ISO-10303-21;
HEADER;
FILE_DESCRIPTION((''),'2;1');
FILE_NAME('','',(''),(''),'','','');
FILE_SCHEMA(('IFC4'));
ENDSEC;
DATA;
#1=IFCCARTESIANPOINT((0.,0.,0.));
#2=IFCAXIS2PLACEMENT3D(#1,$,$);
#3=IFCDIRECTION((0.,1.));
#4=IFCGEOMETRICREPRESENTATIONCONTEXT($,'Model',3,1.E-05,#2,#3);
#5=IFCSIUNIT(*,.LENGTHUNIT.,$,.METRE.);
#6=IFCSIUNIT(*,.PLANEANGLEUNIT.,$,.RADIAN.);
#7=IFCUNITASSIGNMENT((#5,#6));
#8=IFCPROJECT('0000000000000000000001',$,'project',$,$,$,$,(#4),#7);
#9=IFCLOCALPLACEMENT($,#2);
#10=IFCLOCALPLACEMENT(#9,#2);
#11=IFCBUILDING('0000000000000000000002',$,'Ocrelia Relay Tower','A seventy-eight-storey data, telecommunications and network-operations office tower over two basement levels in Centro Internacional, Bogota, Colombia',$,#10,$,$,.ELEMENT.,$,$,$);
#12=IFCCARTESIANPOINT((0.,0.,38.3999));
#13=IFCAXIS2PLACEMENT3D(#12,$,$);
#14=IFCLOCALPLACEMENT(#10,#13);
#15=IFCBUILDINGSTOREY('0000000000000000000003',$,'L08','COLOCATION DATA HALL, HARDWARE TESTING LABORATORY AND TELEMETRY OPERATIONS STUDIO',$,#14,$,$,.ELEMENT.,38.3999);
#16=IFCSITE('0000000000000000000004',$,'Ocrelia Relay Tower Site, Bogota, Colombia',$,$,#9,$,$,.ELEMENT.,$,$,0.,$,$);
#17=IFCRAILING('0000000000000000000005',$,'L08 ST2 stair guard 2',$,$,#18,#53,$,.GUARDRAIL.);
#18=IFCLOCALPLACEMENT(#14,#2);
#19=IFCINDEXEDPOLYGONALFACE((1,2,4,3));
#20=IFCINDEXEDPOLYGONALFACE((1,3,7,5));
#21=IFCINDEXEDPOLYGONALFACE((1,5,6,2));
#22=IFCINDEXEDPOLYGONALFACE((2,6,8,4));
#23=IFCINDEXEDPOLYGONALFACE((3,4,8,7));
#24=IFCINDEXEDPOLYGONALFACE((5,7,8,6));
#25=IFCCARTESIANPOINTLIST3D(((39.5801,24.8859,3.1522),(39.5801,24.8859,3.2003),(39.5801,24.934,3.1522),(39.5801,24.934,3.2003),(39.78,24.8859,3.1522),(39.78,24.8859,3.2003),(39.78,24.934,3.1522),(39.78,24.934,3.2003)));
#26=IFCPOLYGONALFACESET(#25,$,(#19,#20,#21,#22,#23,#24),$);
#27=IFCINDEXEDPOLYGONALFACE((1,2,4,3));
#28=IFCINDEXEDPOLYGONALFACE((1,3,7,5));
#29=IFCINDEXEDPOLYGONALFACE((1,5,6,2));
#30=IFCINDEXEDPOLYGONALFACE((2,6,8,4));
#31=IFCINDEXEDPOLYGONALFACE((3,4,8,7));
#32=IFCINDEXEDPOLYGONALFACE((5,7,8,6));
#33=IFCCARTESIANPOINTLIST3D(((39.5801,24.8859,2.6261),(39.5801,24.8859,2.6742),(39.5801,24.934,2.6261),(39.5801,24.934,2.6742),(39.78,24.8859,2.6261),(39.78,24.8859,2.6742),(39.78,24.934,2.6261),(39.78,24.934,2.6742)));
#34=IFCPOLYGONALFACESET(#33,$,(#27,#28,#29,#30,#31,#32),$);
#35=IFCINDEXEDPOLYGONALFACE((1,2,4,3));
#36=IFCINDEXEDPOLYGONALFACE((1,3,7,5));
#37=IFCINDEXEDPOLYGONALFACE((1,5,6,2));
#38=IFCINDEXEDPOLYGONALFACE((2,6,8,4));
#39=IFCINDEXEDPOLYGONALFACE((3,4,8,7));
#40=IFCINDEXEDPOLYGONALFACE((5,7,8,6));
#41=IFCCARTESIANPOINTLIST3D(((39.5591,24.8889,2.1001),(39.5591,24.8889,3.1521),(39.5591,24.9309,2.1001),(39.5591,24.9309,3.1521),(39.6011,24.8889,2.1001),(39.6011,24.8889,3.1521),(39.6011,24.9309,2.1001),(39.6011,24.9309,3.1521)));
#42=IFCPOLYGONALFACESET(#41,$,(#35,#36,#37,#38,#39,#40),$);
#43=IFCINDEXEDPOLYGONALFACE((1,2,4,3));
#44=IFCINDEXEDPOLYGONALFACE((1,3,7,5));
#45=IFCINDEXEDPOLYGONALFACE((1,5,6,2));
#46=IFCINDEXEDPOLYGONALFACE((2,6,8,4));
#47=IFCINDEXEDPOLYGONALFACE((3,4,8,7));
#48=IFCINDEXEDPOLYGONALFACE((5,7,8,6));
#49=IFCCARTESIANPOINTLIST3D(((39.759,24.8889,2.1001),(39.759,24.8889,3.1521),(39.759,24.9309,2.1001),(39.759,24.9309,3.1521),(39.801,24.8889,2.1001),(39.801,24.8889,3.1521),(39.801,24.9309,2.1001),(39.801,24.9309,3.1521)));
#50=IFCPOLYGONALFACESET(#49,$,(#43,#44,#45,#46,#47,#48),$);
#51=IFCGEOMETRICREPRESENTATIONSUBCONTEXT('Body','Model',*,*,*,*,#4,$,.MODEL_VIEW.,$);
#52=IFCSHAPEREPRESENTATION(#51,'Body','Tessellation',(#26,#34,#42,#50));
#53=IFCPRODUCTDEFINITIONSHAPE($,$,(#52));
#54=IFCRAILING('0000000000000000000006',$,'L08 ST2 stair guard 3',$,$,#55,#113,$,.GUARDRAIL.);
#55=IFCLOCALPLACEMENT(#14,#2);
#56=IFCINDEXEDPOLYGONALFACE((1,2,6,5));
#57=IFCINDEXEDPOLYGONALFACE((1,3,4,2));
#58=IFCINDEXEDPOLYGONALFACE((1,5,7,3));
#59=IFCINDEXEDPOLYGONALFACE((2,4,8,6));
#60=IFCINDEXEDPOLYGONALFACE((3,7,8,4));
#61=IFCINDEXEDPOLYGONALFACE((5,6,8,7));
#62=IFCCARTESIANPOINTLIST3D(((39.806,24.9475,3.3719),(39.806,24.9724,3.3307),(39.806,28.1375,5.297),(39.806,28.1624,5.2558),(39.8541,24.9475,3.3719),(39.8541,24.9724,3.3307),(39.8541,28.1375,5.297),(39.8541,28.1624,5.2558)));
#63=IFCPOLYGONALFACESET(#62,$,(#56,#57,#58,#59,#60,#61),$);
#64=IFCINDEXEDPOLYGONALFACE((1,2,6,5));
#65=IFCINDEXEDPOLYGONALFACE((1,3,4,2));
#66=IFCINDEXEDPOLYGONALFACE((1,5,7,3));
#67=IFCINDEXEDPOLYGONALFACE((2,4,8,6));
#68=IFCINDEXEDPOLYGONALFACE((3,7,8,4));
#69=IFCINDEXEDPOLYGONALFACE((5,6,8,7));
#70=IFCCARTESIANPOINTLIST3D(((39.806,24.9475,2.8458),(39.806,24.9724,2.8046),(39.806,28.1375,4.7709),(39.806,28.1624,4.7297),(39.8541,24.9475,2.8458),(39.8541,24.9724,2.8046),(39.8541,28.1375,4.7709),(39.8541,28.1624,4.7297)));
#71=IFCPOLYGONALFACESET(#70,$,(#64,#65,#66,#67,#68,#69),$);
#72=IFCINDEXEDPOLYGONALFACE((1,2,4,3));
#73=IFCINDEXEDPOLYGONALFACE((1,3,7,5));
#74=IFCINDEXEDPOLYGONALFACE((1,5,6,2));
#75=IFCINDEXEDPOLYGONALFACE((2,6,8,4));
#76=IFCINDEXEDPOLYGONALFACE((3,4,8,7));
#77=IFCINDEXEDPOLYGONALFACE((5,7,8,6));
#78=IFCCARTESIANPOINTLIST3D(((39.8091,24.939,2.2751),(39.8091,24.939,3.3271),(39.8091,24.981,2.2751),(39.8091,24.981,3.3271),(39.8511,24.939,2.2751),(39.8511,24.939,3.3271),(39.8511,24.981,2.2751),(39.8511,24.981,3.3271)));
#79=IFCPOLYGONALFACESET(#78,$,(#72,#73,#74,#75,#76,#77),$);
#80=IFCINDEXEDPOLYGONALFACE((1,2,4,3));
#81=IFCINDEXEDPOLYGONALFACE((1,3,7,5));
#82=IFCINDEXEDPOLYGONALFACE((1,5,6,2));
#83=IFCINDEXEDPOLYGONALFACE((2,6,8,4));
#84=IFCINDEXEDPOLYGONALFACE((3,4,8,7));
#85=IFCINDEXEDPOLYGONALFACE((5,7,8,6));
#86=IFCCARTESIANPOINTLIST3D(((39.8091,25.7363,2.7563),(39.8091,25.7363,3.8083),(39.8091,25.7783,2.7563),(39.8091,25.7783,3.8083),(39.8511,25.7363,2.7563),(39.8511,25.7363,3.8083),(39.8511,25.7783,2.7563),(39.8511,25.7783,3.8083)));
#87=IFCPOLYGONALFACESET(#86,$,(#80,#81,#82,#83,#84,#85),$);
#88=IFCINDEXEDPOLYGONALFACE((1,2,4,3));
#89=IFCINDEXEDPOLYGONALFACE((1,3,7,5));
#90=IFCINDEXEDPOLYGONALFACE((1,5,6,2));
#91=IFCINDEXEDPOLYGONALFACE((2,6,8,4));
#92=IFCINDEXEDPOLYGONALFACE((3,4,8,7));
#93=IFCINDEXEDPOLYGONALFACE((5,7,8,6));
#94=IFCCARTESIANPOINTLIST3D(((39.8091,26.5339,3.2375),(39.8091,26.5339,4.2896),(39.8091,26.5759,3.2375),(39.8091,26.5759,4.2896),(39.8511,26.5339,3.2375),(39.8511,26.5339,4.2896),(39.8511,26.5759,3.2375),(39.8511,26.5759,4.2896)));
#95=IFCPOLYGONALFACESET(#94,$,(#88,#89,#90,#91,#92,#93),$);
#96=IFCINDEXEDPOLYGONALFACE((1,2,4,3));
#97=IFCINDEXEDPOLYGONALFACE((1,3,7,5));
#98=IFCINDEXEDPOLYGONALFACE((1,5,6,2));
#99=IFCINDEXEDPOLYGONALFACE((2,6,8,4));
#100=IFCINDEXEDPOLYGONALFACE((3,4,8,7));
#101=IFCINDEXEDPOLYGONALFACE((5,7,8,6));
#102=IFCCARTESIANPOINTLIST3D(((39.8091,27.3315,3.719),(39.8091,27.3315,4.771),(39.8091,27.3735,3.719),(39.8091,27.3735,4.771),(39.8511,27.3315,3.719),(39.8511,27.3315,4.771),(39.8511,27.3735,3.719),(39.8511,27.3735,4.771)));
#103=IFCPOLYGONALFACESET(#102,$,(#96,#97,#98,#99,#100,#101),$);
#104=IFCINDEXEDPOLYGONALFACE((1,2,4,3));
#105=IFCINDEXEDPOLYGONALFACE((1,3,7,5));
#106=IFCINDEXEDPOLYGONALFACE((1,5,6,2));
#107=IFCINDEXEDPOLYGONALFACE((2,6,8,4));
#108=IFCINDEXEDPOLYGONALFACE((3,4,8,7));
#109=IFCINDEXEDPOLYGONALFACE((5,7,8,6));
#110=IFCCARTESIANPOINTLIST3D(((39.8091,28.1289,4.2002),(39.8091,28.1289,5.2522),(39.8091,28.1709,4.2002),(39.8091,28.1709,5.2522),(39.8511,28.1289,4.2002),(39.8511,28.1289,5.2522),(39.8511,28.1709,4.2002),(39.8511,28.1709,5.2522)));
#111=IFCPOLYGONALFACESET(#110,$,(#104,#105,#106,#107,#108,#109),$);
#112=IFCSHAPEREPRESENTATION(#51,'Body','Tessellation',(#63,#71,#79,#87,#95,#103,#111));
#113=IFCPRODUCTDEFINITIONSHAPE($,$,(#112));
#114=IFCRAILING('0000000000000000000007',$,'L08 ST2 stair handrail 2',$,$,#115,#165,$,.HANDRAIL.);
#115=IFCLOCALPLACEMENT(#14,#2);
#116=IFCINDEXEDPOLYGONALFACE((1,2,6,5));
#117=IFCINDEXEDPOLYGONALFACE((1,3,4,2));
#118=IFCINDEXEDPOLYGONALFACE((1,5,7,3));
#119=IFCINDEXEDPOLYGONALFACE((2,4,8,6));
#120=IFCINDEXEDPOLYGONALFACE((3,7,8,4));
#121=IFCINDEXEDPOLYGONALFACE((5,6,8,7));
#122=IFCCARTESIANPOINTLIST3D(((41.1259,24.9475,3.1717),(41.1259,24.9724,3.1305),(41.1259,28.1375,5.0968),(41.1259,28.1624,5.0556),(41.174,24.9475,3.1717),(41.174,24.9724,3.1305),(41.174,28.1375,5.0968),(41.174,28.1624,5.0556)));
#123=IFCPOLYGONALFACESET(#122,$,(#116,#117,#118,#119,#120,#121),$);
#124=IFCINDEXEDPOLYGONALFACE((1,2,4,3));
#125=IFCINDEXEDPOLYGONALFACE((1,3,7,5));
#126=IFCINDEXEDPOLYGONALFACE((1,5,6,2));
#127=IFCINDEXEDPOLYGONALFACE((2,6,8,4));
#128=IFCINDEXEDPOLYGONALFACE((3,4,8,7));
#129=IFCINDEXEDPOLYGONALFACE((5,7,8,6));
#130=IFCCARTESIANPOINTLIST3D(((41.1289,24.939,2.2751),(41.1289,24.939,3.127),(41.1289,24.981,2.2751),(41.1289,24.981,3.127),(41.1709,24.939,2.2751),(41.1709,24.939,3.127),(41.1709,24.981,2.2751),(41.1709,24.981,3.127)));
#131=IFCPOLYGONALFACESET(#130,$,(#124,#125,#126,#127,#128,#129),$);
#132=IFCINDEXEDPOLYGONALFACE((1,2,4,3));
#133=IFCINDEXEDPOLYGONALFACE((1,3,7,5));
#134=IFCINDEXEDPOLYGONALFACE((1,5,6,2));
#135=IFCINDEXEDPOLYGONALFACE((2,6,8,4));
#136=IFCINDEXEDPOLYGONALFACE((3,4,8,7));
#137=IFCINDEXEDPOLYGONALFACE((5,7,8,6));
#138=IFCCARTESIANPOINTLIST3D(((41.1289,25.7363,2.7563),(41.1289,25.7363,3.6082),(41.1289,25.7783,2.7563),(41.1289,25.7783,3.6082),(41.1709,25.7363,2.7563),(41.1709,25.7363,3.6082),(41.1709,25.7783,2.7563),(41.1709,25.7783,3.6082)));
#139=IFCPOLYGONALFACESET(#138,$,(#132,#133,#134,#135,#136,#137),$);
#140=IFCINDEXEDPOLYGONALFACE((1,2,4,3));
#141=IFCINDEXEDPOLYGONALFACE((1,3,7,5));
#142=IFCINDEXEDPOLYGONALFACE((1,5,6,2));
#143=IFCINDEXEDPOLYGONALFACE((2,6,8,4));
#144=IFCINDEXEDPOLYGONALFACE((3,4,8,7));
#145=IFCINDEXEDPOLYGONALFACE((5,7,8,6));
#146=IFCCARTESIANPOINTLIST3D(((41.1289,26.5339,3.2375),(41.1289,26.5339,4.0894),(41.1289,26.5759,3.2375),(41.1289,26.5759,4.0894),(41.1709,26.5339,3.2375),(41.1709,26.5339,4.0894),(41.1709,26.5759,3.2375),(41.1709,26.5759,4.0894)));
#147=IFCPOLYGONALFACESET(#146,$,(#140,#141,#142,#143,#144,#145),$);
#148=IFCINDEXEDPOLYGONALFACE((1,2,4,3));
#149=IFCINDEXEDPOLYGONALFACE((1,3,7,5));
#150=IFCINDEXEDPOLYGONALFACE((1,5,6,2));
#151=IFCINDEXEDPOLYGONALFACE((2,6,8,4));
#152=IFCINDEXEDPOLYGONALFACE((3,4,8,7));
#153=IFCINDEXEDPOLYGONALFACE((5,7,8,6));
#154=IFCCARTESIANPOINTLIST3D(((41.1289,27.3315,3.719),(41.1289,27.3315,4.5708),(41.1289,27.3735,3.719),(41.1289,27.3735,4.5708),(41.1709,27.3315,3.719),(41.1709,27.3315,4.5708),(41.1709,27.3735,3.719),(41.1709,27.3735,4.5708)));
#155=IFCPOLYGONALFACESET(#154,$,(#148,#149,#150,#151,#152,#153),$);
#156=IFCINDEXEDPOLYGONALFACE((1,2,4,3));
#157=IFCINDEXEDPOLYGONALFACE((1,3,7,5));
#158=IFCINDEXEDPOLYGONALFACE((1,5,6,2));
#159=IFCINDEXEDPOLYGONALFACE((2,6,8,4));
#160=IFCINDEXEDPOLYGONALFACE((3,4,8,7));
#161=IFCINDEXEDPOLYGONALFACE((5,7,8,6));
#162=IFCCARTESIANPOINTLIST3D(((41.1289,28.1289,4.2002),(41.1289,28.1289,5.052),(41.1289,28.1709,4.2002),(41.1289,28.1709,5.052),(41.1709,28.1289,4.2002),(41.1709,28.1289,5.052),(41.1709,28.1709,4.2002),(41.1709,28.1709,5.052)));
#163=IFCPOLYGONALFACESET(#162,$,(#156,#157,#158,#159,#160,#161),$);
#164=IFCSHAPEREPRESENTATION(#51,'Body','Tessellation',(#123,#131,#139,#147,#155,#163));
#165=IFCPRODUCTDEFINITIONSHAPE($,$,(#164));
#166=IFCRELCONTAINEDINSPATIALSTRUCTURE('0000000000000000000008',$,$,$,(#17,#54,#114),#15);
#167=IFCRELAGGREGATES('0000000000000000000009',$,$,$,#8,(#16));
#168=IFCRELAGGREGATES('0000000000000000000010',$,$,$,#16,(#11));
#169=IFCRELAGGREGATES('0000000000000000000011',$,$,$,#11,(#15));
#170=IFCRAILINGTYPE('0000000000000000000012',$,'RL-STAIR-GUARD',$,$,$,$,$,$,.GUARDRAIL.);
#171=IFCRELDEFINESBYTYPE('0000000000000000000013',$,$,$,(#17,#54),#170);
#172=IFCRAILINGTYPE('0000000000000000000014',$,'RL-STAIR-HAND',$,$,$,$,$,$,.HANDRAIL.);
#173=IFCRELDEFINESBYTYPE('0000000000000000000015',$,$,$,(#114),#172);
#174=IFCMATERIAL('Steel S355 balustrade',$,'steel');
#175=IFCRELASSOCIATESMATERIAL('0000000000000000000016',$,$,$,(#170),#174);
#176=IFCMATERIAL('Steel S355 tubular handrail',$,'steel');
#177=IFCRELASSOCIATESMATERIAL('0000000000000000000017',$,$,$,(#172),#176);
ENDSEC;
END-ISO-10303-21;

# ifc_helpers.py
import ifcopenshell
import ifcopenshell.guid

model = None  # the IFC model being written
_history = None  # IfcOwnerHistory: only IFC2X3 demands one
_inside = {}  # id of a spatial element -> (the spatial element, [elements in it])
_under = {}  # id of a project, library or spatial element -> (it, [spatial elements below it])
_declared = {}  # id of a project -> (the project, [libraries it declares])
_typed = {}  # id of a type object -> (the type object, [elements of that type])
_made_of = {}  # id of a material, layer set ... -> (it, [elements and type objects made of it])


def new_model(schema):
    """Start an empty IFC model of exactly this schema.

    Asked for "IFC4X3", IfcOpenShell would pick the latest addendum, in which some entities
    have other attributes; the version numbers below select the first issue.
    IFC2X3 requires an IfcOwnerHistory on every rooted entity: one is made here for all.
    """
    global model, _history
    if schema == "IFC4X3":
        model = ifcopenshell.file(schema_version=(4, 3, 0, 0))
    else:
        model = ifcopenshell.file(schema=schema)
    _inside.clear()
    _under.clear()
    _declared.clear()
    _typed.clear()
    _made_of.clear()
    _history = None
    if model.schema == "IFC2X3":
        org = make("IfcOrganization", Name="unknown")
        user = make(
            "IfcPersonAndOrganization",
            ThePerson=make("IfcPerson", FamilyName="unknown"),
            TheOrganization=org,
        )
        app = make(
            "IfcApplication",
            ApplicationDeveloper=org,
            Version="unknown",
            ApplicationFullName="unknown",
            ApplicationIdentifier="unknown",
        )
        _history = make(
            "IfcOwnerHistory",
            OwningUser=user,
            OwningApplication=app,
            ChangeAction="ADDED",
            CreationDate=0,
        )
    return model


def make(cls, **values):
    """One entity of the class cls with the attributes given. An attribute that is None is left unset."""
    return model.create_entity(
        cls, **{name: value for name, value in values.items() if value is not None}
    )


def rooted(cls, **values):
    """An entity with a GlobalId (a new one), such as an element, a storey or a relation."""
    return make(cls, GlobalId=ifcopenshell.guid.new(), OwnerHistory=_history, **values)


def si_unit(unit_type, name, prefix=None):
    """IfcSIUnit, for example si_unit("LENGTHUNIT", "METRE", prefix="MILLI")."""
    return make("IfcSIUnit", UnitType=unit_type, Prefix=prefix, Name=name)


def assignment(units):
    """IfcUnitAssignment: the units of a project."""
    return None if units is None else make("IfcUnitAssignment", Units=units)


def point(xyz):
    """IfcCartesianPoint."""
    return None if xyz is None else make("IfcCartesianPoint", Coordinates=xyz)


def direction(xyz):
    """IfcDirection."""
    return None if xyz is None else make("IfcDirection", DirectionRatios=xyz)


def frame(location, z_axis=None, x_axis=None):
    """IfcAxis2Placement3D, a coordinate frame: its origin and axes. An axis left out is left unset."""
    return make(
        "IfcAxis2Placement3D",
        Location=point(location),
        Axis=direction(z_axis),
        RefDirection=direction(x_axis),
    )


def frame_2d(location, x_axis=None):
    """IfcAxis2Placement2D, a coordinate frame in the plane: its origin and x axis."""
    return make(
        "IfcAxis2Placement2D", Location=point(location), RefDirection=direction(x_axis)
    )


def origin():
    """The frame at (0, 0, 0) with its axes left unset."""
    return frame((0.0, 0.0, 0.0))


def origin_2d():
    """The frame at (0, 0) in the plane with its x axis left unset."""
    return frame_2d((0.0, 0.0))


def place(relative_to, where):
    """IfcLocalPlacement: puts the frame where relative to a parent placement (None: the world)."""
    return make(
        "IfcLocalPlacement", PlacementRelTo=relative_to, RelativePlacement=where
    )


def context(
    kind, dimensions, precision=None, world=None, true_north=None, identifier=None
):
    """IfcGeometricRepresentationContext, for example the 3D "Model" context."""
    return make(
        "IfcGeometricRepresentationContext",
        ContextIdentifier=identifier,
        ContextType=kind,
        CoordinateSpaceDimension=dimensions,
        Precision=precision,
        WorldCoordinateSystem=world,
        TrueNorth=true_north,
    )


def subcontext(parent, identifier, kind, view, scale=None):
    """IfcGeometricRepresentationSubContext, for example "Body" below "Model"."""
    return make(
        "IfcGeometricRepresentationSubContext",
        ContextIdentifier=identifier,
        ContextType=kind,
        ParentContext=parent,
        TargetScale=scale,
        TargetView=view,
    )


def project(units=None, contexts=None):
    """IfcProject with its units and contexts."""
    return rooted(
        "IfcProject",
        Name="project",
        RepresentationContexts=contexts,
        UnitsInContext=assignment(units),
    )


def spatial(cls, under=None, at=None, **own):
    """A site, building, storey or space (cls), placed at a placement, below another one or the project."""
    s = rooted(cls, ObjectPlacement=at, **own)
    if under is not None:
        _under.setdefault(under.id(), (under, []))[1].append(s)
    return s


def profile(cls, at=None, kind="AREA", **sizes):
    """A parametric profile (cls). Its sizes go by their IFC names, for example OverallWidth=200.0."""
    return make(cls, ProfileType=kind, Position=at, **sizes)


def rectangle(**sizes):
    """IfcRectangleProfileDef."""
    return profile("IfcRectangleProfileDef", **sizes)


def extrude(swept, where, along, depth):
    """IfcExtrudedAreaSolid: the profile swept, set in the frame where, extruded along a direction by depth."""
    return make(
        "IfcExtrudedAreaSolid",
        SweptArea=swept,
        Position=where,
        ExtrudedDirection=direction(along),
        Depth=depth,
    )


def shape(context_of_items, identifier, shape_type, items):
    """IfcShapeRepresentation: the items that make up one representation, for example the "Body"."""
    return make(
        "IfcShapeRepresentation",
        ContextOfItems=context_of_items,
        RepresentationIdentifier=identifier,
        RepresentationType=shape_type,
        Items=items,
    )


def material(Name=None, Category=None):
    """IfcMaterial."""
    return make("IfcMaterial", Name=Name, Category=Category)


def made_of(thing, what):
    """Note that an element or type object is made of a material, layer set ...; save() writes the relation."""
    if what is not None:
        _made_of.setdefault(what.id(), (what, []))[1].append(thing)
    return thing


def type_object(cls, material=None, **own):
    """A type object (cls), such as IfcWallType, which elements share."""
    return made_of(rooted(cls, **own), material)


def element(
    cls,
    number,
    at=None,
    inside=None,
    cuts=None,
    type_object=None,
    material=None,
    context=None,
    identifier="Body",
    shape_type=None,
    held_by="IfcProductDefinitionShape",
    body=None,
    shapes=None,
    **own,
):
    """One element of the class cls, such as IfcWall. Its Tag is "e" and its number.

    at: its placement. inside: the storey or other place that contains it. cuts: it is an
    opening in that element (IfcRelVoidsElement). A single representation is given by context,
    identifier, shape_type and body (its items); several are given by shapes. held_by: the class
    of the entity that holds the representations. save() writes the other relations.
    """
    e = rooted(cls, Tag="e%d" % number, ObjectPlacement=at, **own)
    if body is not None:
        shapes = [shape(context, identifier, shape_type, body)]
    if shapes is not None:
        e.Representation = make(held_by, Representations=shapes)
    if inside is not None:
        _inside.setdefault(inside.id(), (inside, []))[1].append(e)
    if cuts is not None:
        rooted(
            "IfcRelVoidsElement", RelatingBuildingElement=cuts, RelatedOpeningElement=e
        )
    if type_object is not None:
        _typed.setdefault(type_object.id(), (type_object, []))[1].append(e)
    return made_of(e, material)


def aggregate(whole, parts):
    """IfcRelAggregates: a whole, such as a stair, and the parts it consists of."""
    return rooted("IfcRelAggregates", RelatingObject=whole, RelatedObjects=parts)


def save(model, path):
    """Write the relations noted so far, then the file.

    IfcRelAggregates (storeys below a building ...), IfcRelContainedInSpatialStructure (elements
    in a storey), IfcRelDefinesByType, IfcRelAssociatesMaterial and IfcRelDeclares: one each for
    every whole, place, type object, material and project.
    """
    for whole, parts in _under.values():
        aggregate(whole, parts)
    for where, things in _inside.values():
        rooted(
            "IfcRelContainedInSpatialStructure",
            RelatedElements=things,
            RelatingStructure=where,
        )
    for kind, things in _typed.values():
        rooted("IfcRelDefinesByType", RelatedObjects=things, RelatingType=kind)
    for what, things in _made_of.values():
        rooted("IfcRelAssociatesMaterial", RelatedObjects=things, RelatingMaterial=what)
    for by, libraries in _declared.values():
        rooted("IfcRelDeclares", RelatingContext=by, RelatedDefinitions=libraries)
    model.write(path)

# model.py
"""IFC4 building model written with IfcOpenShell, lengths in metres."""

from ifc_helpers import new_model, si_unit, direction, frame, origin, origin_2d, place, context, subcontext, project, spatial, rectangle, extrude, material, type_object, element, save


model = new_model("IFC4")

# Units and contexts
model_context = context("Model", 3, precision=1e-05, world=origin(), true_north=direction((0.0, 1.0)))
body_context = subcontext(model_context, "Body", "Model", "MODEL_VIEW")
ifc_project = project(units=[si_unit("LENGTHUNIT", "METRE"), si_unit("PLANEANGLEUNIT", "RADIAN")], contexts=[model_context])

# Site, building, storey
site_placement = place(None, origin())
site = spatial("IfcSite", under=ifc_project, at=site_placement, Name="Ocrelia Relay Tower Site, Bogota, Colombia", CompositionType="ELEMENT", RefElevation=0.0)
building_placement = place(site_placement, origin())
building = spatial("IfcBuilding", under=site, at=building_placement, Name="Ocrelia Relay Tower", Description="A seventy-eight-storey data, telecommunications and network-operations office tower over two basement levels in Centro Internacional, Bogota, Colombia", CompositionType="ELEMENT")
storey_placement = place(building_placement, frame((0.0, 0.0, 38.3999)))
storey = spatial("IfcBuildingStorey", under=building, at=storey_placement, Name="L08", Description="COLOCATION DATA HALL, HARDWARE TESTING LABORATORY AND TELEMETRY OPERATIONS STUDIO", CompositionType="ELEMENT", Elevation=38.3999)

# Railings
ifc_material_1 = material(Name="Steel S355 balustrade", Category="steel")
railing_type_1 = type_object("IfcRailingType", Name="RL-STAIR-GUARD", PredefinedType="GUARDRAIL", material=ifc_material_1)
railing_1_placement = place(storey_placement, frame((39.5801, 24.9099, 2.1001)))
element("IfcRailing", 1, at=railing_1_placement, inside=storey, type_object=railing_type_1, Name="L08 ST2 stair guard 2", PredefinedType="GUARDRAIL", context=body_context, shape_type="SweptSolid", body=[
    extrude(rectangle(XDim=0.0481, YDim=0.0481, at=origin_2d()), frame((0.0, 0.0, 1.0762), z_axis=(1.0, 0.0, 0.0), x_axis=(0.0, 1.0, 0.0)), (0.0, 0.0, 1.0), 0.2),
    extrude(rectangle(XDim=0.0481, YDim=0.0481, at=origin_2d()), frame((0.0, 0.0, 0.55), z_axis=(1.0, 0.0, 0.0), x_axis=(0.0, 1.0, 0.0)), (0.0, 0.0, 1.0), 0.2),
    extrude(rectangle(XDim=0.042, YDim=0.042, at=origin_2d()), origin(), (0.0, 0.0, 1.0), 1.052),
    extrude(rectangle(XDim=0.042, YDim=0.042, at=origin_2d()), frame((0.2, 0.0, 0.0)), (0.0, 0.0, 1.0), 1.052),
])
railing_2_placement = place(storey_placement, frame((39.8301, 24.96, 2.2751)))
element("IfcRailing", 2, at=railing_2_placement, inside=storey, type_object=railing_type_1, Name="L08 ST2 stair guard 3", PredefinedType="GUARDRAIL", context=body_context, shape_type="SweptSolid", body=[
    extrude(rectangle(XDim=0.0481, YDim=0.0481, at=origin_2d()), frame((0.0, 0.0, 1.0762), z_axis=(0.0, 0.856178, 0.516682), x_axis=(-1.0, 0.0, 0.0)), (0.0, 0.0, 1.0), 3.7258),
    extrude(rectangle(XDim=0.0481, YDim=0.0481, at=origin_2d()), frame((0.0, 0.0, 0.55), z_axis=(0.0, 0.856178, 0.516682), x_axis=(-1.0, 0.0, 0.0)), (0.0, 0.0, 1.0), 3.7258),
    extrude(rectangle(XDim=0.042, YDim=0.042, at=origin_2d()), origin(), (0.0, 0.0, 1.0), 1.052),
    extrude(rectangle(XDim=0.042, YDim=0.042, at=origin_2d()), frame((0.0, 0.7974, 0.4812)), (0.0, 0.0, 1.0), 1.052),
    extrude(rectangle(XDim=0.042, YDim=0.042, at=origin_2d()), frame((0.0, 1.595, 0.9624)), (0.0, 0.0, 1.0), 1.052),
    extrude(rectangle(XDim=0.042, YDim=0.042, at=origin_2d()), frame((0.0, 2.3926, 1.4438)), (0.0, 0.0, 1.0), 1.052),
    extrude(rectangle(XDim=0.042, YDim=0.042, at=origin_2d()), frame((0.0, 3.1899, 1.925)), (0.0, 0.0, 1.0), 1.052),
])
ifc_material_2 = material(Name="Steel S355 tubular handrail", Category="steel")
railing_type_2 = type_object("IfcRailingType", Name="RL-STAIR-HAND", PredefinedType="HANDRAIL", material=ifc_material_2)
railing_3_placement = place(storey_placement, frame((41.1499, 24.96, 2.2751)))
element("IfcRailing", 3, at=railing_3_placement, inside=storey, type_object=railing_type_2, Name="L08 ST2 stair handrail 2", PredefinedType="HANDRAIL", context=body_context, shape_type="SweptSolid", body=[
    extrude(rectangle(XDim=0.0481, YDim=0.0481, at=origin_2d()), frame((0.0, 0.0, 0.876), z_axis=(0.0, 0.856178, 0.516682), x_axis=(-1.0, 0.0, 0.0)), (0.0, 0.0, 1.0), 3.7258),
    extrude(rectangle(XDim=0.042, YDim=0.042, at=origin_2d()), origin(), (0.0, 0.0, 1.0), 0.8518),
    extrude(rectangle(XDim=0.042, YDim=0.042, at=origin_2d()), frame((0.0, 0.7974, 0.4812)), (0.0, 0.0, 1.0), 0.8518),
    extrude(rectangle(XDim=0.042, YDim=0.042, at=origin_2d()), frame((0.0, 1.595, 0.9624)), (0.0, 0.0, 1.0), 0.8518),
    extrude(rectangle(XDim=0.042, YDim=0.042, at=origin_2d()), frame((0.0, 2.3926, 1.4438)), (0.0, 0.0, 1.0), 0.8518),
    extrude(rectangle(XDim=0.042, YDim=0.042, at=origin_2d()), frame((0.0, 3.1899, 1.925)), (0.0, 0.0, 1.0), 0.8518),
])

save(model, "model.ifc")
